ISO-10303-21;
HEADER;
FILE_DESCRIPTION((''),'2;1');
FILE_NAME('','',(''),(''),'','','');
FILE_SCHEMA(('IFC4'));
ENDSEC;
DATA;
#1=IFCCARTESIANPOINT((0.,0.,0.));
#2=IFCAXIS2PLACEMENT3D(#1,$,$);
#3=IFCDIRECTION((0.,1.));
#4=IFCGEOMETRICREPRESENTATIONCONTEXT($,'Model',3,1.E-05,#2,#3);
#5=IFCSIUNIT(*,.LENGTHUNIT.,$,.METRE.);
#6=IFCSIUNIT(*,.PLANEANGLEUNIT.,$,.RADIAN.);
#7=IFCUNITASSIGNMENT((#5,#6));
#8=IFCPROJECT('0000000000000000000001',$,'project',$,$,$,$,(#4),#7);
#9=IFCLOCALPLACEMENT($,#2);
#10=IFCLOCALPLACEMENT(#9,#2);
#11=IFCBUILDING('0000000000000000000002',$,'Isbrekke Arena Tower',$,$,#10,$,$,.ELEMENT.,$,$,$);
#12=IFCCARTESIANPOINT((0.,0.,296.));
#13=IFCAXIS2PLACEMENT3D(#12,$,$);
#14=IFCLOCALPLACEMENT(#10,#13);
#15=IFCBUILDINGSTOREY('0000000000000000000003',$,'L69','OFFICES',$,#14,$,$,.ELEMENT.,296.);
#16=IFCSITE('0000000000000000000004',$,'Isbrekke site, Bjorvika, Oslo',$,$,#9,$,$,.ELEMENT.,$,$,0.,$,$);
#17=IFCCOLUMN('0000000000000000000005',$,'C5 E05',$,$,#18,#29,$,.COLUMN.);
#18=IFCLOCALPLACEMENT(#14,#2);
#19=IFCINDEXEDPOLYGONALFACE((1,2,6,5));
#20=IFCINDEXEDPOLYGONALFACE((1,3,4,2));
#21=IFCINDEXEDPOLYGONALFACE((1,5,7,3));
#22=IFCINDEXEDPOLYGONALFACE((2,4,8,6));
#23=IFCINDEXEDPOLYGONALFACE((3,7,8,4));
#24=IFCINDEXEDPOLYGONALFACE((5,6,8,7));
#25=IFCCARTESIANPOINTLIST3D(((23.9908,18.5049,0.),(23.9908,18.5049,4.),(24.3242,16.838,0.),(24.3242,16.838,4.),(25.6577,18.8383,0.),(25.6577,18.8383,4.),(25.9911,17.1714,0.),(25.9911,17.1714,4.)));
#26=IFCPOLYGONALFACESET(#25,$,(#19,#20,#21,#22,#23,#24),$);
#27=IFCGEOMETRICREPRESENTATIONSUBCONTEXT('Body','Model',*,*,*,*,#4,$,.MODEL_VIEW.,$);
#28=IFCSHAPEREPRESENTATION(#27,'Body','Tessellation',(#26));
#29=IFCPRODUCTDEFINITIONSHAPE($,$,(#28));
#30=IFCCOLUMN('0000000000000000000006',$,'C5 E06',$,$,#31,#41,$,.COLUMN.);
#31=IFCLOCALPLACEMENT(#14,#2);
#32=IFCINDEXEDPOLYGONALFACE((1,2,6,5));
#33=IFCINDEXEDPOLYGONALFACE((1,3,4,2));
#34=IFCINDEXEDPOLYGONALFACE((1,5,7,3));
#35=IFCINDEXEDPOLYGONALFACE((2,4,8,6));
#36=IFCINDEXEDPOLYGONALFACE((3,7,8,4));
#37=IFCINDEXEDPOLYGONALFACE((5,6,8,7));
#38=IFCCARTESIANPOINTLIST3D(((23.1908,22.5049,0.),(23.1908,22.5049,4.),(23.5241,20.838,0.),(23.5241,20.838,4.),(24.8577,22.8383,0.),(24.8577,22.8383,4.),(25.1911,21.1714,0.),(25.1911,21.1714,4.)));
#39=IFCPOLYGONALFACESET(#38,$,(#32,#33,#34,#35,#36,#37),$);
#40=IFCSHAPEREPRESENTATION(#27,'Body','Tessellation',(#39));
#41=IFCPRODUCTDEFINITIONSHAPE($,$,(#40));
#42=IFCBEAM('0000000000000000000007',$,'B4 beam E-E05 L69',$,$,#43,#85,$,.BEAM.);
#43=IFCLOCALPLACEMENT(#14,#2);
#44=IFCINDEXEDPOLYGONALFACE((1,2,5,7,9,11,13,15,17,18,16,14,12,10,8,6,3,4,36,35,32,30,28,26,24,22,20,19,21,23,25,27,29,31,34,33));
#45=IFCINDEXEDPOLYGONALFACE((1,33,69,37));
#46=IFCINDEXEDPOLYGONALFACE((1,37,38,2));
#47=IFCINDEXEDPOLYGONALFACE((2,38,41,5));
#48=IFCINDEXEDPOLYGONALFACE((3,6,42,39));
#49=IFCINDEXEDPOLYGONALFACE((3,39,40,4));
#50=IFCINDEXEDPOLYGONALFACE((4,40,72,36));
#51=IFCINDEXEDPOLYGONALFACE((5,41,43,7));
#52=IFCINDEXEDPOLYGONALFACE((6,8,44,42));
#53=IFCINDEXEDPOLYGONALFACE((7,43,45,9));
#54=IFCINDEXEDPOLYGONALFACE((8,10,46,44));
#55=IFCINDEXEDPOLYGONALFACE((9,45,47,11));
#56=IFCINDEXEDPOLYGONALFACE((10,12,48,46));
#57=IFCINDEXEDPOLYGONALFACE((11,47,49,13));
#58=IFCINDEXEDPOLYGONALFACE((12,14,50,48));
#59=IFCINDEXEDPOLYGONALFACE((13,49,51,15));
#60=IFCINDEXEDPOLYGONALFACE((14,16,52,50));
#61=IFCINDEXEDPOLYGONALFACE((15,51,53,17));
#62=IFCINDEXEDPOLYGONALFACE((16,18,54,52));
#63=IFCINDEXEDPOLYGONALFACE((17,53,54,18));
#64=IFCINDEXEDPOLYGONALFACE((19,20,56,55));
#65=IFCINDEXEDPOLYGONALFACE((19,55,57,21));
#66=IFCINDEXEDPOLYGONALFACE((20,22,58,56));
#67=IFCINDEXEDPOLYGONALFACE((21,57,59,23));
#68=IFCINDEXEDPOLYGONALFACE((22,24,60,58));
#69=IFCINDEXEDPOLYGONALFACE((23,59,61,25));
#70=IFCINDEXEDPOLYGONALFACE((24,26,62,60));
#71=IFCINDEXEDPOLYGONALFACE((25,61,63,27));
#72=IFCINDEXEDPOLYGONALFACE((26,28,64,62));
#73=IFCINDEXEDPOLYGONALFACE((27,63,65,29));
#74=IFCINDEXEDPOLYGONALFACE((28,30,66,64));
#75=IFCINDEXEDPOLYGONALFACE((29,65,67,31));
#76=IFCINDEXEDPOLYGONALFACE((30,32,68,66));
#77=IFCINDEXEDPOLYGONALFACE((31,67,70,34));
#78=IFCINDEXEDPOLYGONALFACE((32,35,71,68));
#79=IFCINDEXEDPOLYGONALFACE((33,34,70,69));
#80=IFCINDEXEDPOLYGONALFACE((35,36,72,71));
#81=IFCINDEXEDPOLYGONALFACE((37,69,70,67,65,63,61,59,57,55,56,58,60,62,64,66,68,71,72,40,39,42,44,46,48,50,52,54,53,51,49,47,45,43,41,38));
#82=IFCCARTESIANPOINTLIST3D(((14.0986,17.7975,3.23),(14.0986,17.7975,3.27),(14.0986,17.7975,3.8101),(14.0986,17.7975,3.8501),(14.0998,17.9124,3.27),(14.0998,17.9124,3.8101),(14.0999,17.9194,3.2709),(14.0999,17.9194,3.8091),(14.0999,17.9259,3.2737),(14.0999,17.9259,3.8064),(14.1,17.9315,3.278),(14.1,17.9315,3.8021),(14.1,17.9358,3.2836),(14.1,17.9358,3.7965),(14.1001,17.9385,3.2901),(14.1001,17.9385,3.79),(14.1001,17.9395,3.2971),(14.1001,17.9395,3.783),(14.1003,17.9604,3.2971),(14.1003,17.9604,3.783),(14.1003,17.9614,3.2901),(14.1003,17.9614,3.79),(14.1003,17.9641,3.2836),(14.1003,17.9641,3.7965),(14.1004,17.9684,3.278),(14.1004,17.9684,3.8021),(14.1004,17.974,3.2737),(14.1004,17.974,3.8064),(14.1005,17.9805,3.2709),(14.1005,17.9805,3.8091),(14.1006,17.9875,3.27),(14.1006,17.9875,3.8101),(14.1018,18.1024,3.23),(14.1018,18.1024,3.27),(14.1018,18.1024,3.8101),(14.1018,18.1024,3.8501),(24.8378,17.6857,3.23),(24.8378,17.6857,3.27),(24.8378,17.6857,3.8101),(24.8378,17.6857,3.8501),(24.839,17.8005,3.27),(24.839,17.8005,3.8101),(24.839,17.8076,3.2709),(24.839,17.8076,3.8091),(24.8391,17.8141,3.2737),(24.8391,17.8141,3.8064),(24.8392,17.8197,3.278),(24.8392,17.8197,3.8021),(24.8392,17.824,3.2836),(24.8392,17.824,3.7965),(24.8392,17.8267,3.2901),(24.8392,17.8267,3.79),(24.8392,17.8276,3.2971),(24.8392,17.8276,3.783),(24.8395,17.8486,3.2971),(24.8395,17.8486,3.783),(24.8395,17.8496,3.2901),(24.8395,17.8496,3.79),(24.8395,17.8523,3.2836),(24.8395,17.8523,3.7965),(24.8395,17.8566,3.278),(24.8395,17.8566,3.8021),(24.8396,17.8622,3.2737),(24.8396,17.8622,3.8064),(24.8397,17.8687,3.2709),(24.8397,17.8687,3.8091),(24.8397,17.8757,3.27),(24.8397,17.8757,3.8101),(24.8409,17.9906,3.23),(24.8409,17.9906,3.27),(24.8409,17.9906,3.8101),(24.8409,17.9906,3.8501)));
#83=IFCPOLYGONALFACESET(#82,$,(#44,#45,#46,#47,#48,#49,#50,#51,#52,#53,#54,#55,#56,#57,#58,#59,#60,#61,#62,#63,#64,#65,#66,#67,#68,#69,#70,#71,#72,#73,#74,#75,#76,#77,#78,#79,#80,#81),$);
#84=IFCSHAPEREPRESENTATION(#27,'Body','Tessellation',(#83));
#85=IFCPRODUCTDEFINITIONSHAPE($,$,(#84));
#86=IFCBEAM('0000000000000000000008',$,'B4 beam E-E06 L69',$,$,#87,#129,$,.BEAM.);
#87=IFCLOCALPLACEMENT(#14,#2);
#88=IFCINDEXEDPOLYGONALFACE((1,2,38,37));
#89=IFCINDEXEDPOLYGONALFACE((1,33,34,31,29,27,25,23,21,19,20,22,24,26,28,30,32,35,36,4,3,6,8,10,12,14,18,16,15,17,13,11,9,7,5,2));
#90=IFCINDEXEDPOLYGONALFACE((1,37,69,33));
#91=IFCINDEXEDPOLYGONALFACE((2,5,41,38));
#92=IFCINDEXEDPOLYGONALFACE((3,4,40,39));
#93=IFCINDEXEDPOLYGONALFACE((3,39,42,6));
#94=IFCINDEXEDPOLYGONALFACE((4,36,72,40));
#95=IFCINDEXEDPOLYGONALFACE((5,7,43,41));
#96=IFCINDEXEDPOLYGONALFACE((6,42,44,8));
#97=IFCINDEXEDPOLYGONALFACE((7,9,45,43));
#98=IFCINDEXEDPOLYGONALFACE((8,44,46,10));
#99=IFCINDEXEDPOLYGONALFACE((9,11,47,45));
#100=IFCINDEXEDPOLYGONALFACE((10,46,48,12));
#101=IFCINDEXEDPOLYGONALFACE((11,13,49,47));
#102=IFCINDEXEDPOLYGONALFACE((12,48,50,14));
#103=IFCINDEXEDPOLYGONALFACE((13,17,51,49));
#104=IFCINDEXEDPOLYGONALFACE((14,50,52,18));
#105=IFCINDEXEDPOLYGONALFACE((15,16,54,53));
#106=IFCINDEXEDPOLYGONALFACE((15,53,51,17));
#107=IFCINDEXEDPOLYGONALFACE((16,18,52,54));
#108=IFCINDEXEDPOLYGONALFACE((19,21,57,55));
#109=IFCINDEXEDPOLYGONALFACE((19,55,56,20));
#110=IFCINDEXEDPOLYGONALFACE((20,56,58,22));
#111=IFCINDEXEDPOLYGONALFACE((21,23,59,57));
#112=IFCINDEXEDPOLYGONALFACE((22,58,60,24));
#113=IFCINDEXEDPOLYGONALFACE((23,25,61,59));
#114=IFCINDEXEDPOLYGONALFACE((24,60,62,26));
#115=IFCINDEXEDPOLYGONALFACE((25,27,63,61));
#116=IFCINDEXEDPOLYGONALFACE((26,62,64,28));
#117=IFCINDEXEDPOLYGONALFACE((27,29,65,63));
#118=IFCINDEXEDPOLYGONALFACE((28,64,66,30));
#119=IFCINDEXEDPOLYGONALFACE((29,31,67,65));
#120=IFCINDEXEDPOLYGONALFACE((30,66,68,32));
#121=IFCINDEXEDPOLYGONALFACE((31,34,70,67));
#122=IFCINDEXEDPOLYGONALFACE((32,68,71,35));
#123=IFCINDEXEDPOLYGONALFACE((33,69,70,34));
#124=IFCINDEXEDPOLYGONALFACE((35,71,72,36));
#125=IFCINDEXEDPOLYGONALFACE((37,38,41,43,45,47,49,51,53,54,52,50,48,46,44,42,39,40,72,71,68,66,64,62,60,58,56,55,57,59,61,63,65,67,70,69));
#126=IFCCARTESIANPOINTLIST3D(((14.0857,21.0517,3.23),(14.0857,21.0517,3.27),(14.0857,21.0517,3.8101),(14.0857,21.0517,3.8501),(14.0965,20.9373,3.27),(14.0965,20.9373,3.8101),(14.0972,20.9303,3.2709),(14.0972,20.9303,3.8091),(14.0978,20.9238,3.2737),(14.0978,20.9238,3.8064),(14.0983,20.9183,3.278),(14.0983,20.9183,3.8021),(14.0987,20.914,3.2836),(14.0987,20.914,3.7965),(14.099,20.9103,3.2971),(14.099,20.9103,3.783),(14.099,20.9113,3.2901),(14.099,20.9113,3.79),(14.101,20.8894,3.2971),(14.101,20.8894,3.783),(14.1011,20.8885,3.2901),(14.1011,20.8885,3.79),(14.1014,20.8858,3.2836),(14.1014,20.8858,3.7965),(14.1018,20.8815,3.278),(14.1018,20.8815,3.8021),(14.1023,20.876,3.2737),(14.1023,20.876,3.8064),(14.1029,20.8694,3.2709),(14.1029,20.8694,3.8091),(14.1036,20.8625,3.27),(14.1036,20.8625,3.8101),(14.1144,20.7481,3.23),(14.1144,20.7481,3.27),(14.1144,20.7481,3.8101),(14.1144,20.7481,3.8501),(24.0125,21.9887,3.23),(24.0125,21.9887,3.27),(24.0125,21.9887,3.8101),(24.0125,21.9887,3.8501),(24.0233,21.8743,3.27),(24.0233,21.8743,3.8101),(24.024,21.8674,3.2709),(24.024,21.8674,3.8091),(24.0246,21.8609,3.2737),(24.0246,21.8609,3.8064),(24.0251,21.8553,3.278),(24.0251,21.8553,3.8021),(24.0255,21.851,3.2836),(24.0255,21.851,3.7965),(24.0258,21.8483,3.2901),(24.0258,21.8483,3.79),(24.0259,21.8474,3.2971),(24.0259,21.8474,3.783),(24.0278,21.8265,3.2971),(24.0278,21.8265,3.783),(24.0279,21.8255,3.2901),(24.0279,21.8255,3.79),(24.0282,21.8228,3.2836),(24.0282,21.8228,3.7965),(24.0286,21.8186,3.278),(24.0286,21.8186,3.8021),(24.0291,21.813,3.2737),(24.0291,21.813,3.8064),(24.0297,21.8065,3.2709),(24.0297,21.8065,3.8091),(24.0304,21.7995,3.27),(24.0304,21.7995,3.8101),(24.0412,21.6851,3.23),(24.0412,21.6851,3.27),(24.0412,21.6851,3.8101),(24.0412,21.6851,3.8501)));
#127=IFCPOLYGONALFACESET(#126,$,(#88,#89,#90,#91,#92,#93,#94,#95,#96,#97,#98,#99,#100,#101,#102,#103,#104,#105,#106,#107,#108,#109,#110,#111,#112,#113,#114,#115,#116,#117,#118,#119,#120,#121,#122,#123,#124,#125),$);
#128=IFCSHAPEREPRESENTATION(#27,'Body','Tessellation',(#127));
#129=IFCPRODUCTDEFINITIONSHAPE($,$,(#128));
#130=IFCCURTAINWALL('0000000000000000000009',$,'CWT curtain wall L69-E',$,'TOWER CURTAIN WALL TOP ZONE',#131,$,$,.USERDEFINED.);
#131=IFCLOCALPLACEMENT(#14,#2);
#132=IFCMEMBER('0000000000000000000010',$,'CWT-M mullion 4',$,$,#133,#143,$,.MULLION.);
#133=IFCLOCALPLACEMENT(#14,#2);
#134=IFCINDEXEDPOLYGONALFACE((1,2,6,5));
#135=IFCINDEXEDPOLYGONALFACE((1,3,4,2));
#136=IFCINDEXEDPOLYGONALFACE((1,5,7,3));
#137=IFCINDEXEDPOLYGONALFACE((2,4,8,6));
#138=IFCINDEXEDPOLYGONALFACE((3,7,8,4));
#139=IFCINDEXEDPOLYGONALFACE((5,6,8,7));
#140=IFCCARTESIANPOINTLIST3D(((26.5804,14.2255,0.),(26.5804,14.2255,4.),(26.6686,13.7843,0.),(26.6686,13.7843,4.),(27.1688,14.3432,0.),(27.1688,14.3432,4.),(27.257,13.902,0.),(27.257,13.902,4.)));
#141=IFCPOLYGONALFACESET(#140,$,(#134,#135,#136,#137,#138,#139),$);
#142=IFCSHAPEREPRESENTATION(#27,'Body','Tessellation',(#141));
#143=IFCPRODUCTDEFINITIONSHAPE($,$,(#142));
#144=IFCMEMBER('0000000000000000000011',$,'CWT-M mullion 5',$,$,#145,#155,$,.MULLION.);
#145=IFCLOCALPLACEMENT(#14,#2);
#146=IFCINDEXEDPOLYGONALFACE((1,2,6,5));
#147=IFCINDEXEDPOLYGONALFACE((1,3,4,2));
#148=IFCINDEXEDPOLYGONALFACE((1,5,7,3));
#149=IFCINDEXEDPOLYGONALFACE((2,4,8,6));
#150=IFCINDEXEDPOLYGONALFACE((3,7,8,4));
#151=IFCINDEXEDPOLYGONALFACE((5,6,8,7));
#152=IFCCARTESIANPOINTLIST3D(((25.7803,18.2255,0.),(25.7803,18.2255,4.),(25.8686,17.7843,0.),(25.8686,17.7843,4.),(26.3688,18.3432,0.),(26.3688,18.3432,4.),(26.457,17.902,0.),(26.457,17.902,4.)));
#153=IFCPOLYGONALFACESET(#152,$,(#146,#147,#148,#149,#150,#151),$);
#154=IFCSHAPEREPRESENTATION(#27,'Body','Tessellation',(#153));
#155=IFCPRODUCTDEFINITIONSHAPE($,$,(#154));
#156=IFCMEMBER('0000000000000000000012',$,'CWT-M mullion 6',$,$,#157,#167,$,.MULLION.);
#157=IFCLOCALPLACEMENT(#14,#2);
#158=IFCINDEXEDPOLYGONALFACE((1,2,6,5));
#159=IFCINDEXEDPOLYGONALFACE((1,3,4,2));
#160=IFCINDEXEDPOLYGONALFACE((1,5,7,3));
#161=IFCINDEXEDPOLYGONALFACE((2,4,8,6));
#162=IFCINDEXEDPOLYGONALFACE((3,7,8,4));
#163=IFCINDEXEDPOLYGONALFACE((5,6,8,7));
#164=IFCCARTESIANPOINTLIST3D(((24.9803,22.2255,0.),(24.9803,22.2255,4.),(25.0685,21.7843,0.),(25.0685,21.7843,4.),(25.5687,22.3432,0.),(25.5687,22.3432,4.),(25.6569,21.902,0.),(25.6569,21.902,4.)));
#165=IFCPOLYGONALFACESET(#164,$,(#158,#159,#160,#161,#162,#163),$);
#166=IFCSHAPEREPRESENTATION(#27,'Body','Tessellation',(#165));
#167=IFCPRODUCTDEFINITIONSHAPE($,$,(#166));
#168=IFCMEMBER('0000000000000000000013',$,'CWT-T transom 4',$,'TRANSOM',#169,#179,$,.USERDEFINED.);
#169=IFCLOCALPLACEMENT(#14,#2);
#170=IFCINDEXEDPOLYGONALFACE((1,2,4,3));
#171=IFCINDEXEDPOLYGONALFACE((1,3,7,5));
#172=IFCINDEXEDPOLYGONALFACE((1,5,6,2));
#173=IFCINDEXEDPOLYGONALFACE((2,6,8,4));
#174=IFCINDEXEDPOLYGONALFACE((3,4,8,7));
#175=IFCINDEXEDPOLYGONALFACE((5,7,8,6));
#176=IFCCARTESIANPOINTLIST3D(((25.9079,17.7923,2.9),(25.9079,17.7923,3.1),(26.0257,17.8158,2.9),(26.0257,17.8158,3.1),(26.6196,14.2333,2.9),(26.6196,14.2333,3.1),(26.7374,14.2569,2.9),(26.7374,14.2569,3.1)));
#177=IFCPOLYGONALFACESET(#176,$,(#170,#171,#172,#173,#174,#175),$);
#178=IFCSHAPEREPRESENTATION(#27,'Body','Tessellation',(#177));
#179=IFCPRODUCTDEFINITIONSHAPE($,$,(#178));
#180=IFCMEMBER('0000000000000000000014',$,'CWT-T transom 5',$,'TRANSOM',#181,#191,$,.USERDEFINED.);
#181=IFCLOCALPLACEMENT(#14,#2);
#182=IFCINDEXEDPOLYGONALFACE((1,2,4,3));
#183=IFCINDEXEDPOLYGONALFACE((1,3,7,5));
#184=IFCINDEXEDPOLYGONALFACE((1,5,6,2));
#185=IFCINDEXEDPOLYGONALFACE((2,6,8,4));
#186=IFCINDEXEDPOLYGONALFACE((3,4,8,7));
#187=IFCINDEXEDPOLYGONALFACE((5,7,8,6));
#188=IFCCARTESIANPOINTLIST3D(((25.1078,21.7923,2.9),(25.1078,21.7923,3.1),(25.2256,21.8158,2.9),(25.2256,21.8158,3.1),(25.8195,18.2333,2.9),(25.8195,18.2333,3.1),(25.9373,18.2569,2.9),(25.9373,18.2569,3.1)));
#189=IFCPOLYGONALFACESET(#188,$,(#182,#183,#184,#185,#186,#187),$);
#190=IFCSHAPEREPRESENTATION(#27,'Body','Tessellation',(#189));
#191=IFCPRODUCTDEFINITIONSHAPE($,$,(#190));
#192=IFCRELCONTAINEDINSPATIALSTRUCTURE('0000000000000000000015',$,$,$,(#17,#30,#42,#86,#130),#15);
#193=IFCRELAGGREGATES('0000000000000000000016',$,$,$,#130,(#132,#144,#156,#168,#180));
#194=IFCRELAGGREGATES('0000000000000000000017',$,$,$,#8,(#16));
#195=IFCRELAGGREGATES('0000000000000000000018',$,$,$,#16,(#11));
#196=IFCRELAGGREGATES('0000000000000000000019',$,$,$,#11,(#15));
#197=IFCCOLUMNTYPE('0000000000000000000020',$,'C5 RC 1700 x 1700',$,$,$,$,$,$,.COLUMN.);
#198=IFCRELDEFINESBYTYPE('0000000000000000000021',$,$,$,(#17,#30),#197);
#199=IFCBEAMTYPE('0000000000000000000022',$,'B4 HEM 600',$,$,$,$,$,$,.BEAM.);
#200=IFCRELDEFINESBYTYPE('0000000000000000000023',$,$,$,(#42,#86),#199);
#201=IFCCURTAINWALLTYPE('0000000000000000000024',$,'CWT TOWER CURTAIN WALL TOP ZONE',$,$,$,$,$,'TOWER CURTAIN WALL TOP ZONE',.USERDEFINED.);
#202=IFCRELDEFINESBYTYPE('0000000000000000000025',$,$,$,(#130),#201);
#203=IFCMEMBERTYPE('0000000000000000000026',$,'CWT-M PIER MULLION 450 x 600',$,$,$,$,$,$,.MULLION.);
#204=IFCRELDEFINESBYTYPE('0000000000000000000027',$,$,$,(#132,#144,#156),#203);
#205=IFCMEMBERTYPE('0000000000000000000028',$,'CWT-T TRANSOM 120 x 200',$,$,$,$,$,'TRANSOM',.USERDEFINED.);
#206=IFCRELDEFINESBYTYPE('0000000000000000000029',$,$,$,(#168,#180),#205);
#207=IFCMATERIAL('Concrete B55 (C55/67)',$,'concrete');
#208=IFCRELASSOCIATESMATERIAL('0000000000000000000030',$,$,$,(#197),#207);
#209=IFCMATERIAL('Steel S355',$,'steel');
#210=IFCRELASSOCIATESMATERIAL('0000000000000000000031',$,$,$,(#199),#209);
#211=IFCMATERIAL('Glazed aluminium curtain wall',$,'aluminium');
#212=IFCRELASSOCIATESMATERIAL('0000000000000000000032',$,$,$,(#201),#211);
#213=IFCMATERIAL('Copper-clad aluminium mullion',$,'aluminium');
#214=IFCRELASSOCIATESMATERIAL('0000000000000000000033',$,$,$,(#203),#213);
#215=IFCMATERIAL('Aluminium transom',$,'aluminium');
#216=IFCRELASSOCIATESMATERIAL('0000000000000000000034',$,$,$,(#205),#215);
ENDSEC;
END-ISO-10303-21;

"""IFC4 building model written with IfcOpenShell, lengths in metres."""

from ifc_helpers import new_model, si_unit, direction, frame, origin, origin_2d, place, context, subcontext, project, spatial, rectangle, i_section, extrude, material, material_profile, profile_set, type_object, element, aggregate, save


model = new_model("IFC4")

# Units and contexts
model_context = context("Model", 3, precision=1e-05, world=origin(), true_north=direction((0.0, 1.0)))
body_context = subcontext(model_context, "Body", "Model", "MODEL_VIEW")
ifc_project = project(units=[si_unit("LENGTHUNIT", "METRE"), si_unit("PLANEANGLEUNIT", "RADIAN")], contexts=[model_context])

# Site, building, storey
site_placement = place(None, origin())
site = spatial("IfcSite", under=ifc_project, at=site_placement, Name="Isbrekke site, Bjorvika, Oslo", CompositionType="ELEMENT", RefElevation=0.0)
building_placement = place(site_placement, origin())
building = spatial("IfcBuilding", under=site, at=building_placement, Name="Isbrekke Arena Tower", CompositionType="ELEMENT")
storey_placement = place(building_placement, frame((0.0, 0.0, 296.0)))
storey = spatial("IfcBuildingStorey", under=building, at=storey_placement, Name="L69", Description="OFFICES", CompositionType="ELEMENT", Elevation=296.0)

# Columns
ifc_material_1 = material(Name="Concrete B55 (C55/67)", Category="concrete")
ifc_material_profile_1 = material_profile(ifc_material_1, rectangle(XDim=1.7, YDim=1.7, at=origin_2d()), Name="RC 1700x1700")
ifc_profile_set_1 = profile_set([ifc_material_profile_1], Name="Concrete B55 (C55/67)")
column_type = type_object("IfcColumnType", Name="C5 RC 1700 x 1700", PredefinedType="COLUMN", material=ifc_profile_set_1)
for number, where, z_axis, x_axis, name in (
    (1, (24.991, 17.8381, 0.0), (0.0, 0.0, 1.0), (-0.196116, 0.980581, 0.0), "C5 E05"),
    (2, (24.1909, 21.8381, 0.0), (0.0, 0.0, 1.0), (-0.196116, 0.980581, 0.0), "C5 E06"),
):
    element("IfcColumn", number, at=place(storey_placement, frame(where, z_axis=z_axis, x_axis=x_axis)), inside=storey, type_object=column_type, Name=name, PredefinedType="COLUMN", context=body_context, shape_type="SweptSolid", body=[
        extrude(rectangle(XDim=1.7, YDim=1.7, at=origin_2d()), origin(), (0.0, 0.0, 1.0), 4.0),
    ])

# Beams
ifc_material_2 = material(Name="Steel S355", Category="steel")
ifc_material_profile_2 = material_profile(ifc_material_2, i_section(OverallWidth=0.3049, OverallDepth=0.6201, WebThickness=0.021, FlangeThickness=0.04, FilletRadius=0.0271, at=origin_2d()), Name="HEM 600")
ifc_profile_set_2 = profile_set([ifc_material_profile_2], Name="Steel S355")
beam_type_1 = type_object("IfcBeamType", Name="B4 HEM 600", PredefinedType="BEAM", material=ifc_profile_set_2)
beam_1_placement = place(storey_placement, frame((24.8394, 17.8381, 3.54), z_axis=(-0.999946, 0.010411, 0.0), x_axis=(-0.010411, -0.999946, 0.0)))
element("IfcBeam", 3, at=beam_1_placement, inside=storey, type_object=beam_type_1, Name="B4 beam E-E05 L69", PredefinedType="BEAM", context=body_context, shape_type="SweptSolid", body=[
    extrude(i_section(OverallWidth=0.3049, OverallDepth=0.6201, WebThickness=0.021, FlangeThickness=0.04, FilletRadius=0.0271, at=origin_2d()), origin(), (0.0, 0.0, 1.0), 10.7397),
])
beam_2_placement = place(storey_placement, frame((24.0269, 21.8369, 3.54), z_axis=(-0.995575, -0.093975, 0.0), x_axis=(0.093975, -0.995575, 0.0)))
element("IfcBeam", 4, at=beam_2_placement, inside=storey, type_object=beam_type_1, Name="B4 beam E-E06 L69", PredefinedType="BEAM", context=body_context, shape_type="SweptSolid", body=[
    extrude(i_section(OverallWidth=0.3049, OverallDepth=0.6201, WebThickness=0.021, FlangeThickness=0.04, FilletRadius=0.0271, at=origin_2d()), origin(), (0.0, 0.0, 1.0), 9.9709),
])

# Curtain wall, members
ifc_material_3 = material(Name="Glazed aluminium curtain wall", Category="aluminium")
curtain_wall_type = type_object("IfcCurtainWallType", Name="CWT TOWER CURTAIN WALL TOP ZONE", ElementType="TOWER CURTAIN WALL TOP ZONE", PredefinedType="USERDEFINED", material=ifc_material_3)
curtain_wall_placement = place(storey_placement, origin())
curtain_wall = element("IfcCurtainWall", 5, at=curtain_wall_placement, inside=storey, type_object=curtain_wall_type, Name="CWT curtain wall L69-E", ObjectType="TOWER CURTAIN WALL TOP ZONE", PredefinedType="USERDEFINED")
ifc_material_4 = material(Name="Copper-clad aluminium mullion", Category="aluminium")
ifc_material_profile_3 = material_profile(ifc_material_4, rectangle(XDim=0.45, YDim=0.6001, at=origin_2d()), Name="PIER 450X600")
ifc_profile_set_3 = profile_set([ifc_material_profile_3], Name="Copper-clad aluminium mullion")
member_type_1 = type_object("IfcMemberType", Name="CWT-M PIER MULLION 450 x 600", PredefinedType="MULLION", material=ifc_profile_set_3)
member_1_placement = place(storey_placement, frame((26.9187, 14.0637, 0.0), z_axis=(0.0, 0.0, 1.0), x_axis=(-0.196116, 0.980581, 0.0)))
member_1 = element("IfcMember", 6, at=member_1_placement, type_object=member_type_1, Name="CWT-M mullion 4", PredefinedType="MULLION", context=body_context, shape_type="SweptSolid", body=[
    extrude(rectangle(XDim=0.45, YDim=0.6001, at=origin_2d()), origin(), (0.0, 0.0, 1.0), 4.0),
])
member_2_placement = place(storey_placement, frame((26.1187, 18.0637, 0.0), z_axis=(0.0, 0.0, 1.0), x_axis=(-0.196116, 0.980581, 0.0)))
member_2 = element("IfcMember", 7, at=member_2_placement, type_object=member_type_1, Name="CWT-M mullion 5", PredefinedType="MULLION", context=body_context, shape_type="SweptSolid", body=[
    extrude(rectangle(XDim=0.45, YDim=0.6001, at=origin_2d()), origin(), (0.0, 0.0, 1.0), 4.0),
])
member_3_placement = place(storey_placement, frame((25.3186, 22.0637, 0.0), z_axis=(0.0, 0.0, 1.0), x_axis=(-0.196116, 0.980581, 0.0)))
member_3 = element("IfcMember", 8, at=member_3_placement, type_object=member_type_1, Name="CWT-M mullion 6", PredefinedType="MULLION", context=body_context, shape_type="SweptSolid", body=[
    extrude(rectangle(XDim=0.45, YDim=0.6001, at=origin_2d()), origin(), (0.0, 0.0, 1.0), 4.0),
])
ifc_material_5 = material(Name="Aluminium transom", Category="aluminium")
ifc_material_profile_4 = material_profile(ifc_material_5, rectangle(XDim=0.1201, YDim=0.2, at=origin_2d()), Name="TRANSOM 120X200")
ifc_profile_set_4 = profile_set([ifc_material_profile_4], Name="Aluminium transom")
member_type_2 = type_object("IfcMemberType", Name="CWT-T TRANSOM 120 x 200", ElementType="TRANSOM", PredefinedType="USERDEFINED", material=ifc_profile_set_4)
member_4_placement = place(storey_placement, frame((26.6785, 14.2451, 3.0), z_axis=(-0.19609, 0.980586, 0.0), x_axis=(-0.980586, -0.19609, 0.0)))
member_4 = element("IfcMember", 9, at=member_4_placement, type_object=member_type_2, Name="CWT-T transom 4", ObjectType="TRANSOM", PredefinedType="USERDEFINED", context=body_context, shape_type="SweptSolid", body=[
    extrude(rectangle(XDim=0.1201, YDim=0.2, at=origin_2d()), origin(), (0.0, 0.0, 1.0), 3.6294),
])
member_5_placement = place(storey_placement, frame((25.8784, 18.2451, 3.0), z_axis=(-0.19609, 0.980586, 0.0), x_axis=(-0.980586, -0.19609, 0.0)))
member_5 = element("IfcMember", 10, at=member_5_placement, type_object=member_type_2, Name="CWT-T transom 5", ObjectType="TRANSOM", PredefinedType="USERDEFINED", context=body_context, shape_type="SweptSolid", body=[
    extrude(rectangle(XDim=0.1201, YDim=0.2, at=origin_2d()), origin(), (0.0, 0.0, 1.0), 3.6294),
])

aggregate(curtain_wall, [member_1, member_2, member_3, member_4, member_5])

save(model, "model.ifc")
